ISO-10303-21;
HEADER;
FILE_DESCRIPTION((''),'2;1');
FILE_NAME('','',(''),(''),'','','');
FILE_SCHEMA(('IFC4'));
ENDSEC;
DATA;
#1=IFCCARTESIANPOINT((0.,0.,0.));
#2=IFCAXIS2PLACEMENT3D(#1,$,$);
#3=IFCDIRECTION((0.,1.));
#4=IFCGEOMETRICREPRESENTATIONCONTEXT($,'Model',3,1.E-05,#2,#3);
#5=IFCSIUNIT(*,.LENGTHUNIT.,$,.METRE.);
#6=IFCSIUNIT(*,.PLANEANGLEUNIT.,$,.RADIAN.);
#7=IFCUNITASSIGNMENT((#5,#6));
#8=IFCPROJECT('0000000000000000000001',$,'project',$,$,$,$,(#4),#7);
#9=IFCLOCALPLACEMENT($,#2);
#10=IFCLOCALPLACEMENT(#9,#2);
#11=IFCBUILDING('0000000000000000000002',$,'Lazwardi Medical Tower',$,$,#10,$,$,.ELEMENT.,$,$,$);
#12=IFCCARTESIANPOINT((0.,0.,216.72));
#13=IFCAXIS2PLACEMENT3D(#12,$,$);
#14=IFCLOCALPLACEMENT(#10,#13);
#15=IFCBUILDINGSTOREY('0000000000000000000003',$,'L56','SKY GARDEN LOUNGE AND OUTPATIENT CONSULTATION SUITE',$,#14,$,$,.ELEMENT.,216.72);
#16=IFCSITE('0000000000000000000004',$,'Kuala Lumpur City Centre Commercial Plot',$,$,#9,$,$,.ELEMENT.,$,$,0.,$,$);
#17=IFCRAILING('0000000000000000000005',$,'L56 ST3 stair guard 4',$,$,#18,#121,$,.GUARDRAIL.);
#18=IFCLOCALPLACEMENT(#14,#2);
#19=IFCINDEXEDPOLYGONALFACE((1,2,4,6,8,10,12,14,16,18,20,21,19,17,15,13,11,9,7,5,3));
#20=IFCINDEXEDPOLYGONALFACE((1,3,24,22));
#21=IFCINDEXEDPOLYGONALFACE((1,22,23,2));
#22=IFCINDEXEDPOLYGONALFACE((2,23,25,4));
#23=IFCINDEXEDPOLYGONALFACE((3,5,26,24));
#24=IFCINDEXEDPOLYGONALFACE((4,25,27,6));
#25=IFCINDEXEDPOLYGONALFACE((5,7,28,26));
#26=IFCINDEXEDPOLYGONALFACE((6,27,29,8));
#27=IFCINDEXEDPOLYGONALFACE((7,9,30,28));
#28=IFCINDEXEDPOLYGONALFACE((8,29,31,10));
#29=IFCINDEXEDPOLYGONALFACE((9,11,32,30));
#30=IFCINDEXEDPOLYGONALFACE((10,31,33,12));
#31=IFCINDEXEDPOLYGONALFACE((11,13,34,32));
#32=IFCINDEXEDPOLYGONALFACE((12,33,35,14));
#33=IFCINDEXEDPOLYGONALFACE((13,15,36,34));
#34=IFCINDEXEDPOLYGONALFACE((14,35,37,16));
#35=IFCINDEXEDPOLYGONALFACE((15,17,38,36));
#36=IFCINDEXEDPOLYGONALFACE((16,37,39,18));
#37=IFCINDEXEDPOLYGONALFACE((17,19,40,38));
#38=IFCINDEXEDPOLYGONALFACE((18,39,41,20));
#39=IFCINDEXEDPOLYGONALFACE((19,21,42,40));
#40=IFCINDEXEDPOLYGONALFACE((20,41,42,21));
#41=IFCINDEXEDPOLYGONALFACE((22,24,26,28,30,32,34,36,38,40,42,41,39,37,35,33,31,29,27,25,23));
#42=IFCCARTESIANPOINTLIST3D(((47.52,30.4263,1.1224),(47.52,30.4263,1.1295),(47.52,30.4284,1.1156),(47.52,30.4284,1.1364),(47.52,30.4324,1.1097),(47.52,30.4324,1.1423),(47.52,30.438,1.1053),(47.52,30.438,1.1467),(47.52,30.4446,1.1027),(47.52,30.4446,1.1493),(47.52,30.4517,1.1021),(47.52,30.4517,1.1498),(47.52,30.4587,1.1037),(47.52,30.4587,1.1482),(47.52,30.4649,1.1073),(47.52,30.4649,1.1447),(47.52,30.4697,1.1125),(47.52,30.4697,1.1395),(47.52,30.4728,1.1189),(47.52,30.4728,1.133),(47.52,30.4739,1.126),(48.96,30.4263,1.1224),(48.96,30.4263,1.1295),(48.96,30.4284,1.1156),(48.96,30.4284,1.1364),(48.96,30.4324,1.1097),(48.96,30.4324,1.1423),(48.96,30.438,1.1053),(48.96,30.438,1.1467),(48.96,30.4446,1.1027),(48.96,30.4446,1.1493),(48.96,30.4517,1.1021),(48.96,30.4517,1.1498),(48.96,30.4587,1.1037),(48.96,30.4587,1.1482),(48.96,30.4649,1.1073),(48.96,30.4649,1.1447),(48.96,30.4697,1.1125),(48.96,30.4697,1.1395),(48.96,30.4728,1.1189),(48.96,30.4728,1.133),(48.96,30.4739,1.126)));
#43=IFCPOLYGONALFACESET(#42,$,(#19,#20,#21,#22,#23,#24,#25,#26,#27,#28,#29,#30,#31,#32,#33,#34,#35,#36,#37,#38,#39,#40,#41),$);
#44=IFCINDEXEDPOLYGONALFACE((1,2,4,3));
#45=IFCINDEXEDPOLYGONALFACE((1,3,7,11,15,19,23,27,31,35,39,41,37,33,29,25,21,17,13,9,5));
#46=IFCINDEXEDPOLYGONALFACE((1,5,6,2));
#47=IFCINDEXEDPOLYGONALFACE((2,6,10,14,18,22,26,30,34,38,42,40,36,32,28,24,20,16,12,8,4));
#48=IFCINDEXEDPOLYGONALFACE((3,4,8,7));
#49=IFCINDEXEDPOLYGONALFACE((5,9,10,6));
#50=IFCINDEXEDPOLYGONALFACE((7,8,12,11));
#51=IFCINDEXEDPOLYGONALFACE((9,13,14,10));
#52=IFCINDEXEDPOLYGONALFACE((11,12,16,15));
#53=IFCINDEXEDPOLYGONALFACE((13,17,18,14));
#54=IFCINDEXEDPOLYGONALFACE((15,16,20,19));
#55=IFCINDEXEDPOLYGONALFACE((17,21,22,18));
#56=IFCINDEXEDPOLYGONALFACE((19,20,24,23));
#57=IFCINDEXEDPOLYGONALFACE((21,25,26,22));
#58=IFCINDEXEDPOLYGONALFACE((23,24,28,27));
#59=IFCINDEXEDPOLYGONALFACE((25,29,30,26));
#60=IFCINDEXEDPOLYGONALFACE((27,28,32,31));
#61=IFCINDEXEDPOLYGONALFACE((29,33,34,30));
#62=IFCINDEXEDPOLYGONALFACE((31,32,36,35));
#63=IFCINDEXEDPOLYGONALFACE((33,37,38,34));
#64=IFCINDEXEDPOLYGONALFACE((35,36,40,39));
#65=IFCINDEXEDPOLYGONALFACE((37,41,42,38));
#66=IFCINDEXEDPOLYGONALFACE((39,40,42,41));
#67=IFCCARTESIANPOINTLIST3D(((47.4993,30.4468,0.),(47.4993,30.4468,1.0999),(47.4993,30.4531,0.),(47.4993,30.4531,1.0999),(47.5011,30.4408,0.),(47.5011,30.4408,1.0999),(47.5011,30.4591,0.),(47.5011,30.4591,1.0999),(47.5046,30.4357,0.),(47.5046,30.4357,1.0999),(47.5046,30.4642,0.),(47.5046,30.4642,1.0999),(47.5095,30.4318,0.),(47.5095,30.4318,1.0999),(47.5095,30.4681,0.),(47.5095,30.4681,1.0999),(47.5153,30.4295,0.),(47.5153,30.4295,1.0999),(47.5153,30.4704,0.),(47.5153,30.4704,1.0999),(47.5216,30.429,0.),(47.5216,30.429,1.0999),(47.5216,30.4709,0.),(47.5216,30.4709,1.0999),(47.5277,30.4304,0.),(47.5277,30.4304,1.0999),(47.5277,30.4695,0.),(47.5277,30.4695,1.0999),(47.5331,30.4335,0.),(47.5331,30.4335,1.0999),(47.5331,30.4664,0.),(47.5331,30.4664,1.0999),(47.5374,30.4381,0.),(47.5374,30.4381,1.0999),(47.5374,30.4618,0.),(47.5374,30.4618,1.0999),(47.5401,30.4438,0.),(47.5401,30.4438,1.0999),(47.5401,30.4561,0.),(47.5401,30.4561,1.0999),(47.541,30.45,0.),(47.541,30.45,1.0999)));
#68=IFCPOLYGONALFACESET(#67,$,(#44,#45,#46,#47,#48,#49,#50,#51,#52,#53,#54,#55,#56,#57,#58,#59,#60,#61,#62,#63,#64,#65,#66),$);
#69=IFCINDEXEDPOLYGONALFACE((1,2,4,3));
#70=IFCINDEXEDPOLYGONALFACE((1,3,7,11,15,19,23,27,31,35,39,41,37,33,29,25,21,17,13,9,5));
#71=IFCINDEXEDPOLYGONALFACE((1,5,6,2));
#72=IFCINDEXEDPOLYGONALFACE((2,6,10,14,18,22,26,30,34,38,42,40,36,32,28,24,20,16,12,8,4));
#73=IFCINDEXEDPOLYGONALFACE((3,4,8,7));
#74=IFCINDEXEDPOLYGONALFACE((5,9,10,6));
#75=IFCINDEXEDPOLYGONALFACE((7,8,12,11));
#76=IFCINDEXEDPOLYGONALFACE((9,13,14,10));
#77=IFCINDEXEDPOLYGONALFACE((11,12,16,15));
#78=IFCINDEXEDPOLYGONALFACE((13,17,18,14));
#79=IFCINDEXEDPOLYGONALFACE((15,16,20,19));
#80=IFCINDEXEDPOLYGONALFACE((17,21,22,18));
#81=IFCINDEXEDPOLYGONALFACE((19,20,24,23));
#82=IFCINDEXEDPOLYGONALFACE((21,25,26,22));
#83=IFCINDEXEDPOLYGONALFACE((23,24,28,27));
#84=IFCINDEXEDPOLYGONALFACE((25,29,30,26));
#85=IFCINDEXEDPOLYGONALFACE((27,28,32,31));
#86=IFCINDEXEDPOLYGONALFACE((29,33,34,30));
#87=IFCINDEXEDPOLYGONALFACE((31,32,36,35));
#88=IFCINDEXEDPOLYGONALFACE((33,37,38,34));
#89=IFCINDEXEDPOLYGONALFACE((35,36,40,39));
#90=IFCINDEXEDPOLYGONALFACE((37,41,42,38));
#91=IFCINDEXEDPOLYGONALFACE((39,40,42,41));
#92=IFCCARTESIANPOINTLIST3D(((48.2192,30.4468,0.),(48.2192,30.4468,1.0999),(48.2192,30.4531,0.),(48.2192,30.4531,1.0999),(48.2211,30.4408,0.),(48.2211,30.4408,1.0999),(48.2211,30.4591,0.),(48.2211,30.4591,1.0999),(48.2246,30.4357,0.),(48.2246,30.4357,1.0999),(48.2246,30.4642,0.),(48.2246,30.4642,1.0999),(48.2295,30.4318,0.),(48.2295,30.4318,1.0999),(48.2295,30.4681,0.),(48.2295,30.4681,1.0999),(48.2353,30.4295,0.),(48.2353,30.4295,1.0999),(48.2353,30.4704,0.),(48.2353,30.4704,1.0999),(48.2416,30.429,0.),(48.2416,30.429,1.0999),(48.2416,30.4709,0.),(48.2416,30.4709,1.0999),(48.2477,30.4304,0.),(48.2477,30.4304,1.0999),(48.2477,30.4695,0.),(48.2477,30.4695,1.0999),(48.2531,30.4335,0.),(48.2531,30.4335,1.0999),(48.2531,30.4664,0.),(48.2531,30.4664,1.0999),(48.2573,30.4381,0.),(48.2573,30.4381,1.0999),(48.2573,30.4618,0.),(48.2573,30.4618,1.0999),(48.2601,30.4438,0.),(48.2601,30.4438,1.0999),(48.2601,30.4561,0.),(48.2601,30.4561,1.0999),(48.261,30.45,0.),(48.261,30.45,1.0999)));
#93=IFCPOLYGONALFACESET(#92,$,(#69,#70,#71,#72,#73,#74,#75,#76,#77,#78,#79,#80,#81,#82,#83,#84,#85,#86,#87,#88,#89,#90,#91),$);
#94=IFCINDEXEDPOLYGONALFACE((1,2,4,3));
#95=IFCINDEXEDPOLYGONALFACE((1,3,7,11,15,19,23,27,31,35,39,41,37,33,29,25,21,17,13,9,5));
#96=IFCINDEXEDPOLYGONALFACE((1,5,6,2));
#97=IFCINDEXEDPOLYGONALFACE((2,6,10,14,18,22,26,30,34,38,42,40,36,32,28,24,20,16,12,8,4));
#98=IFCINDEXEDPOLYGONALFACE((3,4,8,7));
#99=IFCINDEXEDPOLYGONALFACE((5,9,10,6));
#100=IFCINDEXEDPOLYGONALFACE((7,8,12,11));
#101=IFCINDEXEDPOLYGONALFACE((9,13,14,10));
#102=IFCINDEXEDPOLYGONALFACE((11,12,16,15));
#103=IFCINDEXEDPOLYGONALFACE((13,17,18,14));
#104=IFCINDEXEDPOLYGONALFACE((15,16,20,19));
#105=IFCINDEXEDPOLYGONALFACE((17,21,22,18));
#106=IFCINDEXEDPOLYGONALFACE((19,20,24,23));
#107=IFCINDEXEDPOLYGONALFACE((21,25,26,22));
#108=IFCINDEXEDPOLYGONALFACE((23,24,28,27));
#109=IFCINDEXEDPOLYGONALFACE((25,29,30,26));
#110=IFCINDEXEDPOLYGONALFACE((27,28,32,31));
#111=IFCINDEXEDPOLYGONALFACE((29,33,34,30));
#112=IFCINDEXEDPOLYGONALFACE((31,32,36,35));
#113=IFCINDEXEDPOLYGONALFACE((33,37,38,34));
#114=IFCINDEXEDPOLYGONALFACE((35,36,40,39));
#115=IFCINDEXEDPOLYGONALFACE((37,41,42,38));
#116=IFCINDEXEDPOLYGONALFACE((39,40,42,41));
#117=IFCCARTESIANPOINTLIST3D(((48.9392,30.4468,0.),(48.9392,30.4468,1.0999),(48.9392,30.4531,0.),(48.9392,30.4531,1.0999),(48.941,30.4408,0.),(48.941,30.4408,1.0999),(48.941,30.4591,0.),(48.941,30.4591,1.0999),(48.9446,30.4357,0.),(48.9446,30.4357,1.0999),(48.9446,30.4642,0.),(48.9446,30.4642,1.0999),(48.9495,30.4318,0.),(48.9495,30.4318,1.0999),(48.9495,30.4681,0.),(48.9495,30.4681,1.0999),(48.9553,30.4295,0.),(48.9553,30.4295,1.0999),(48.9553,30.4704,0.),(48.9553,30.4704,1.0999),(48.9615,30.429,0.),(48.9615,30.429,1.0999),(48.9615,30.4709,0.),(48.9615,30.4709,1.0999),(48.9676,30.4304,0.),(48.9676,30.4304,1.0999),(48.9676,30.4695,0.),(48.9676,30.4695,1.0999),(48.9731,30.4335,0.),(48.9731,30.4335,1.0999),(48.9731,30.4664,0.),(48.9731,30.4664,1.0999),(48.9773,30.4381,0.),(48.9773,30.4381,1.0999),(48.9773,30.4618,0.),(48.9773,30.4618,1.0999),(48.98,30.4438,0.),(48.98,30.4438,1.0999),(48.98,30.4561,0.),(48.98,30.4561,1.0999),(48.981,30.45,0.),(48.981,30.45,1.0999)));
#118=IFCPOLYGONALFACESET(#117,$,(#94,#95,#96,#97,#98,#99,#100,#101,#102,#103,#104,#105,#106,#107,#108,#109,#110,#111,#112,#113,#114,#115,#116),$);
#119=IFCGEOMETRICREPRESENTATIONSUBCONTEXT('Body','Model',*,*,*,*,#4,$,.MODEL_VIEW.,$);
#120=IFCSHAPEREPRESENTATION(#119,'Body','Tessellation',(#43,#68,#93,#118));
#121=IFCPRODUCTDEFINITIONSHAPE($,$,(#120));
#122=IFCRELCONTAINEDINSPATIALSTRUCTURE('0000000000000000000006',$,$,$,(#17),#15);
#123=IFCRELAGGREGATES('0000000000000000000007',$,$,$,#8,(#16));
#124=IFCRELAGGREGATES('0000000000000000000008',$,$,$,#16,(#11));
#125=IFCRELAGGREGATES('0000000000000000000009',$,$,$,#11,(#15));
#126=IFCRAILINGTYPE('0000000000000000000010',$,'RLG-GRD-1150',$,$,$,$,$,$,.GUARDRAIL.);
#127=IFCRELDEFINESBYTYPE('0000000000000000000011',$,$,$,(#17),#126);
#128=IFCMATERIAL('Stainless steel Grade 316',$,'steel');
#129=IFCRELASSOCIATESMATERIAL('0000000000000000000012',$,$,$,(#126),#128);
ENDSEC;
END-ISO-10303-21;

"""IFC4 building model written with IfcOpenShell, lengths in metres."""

from ifc_helpers import new_model, si_unit, direction, frame, origin, origin_2d, place, context, subcontext, project, spatial, circle, extrude, material, type_object, element, save


model = new_model("IFC4")

# Units and contexts
model_context = context("Model", 3, precision=1e-05, world=origin(), true_north=direction((0.0, 1.0)))
body_context = subcontext(model_context, "Body", "Model", "MODEL_VIEW")
ifc_project = project(units=[si_unit("LENGTHUNIT", "METRE"), si_unit("PLANEANGLEUNIT", "RADIAN")], contexts=[model_context])

# Site, building, storey
site_placement = place(None, origin())
site = spatial("IfcSite", under=ifc_project, at=site_placement, Name="Kuala Lumpur City Centre Commercial Plot", CompositionType="ELEMENT", RefElevation=0.0)
building_placement = place(site_placement, origin())
building = spatial("IfcBuilding", under=site, at=building_placement, Name="Lazwardi Medical Tower", CompositionType="ELEMENT")
storey_placement = place(building_placement, frame((0.0, 0.0, 216.72)))
storey = spatial("IfcBuildingStorey", under=building, at=storey_placement, Name="L56", Description="SKY GARDEN LOUNGE AND OUTPATIENT CONSULTATION SUITE", CompositionType="ELEMENT", Elevation=216.72)

# Railing
ifc_material_1 = material(Name="Stainless steel Grade 316", Category="steel")
railing_type = type_object("IfcRailingType", Name="RLG-GRD-1150", PredefinedType="GUARDRAIL", material=ifc_material_1)
railing_1_placement = place(storey_placement, frame((47.52, 30.45, 0.0)))
element("IfcRailing", 1, at=railing_1_placement, inside=storey, type_object=railing_type, Name="L56 ST3 stair guard 4", PredefinedType="GUARDRAIL", context=body_context, shape_type="SweptSolid", body=[
    extrude(circle(Radius=0.0239, at=origin_2d()), frame((0.0, 0.0, 1.126), z_axis=(1.0, 0.0, 0.0), x_axis=(0.0, 1.0, 0.0)), (0.0, 0.0, 1.0), 1.4399),
    extrude(circle(Radius=0.021, at=origin_2d()), origin(), (0.0, 0.0, 1.0), 1.0999),
    extrude(circle(Radius=0.021, at=origin_2d()), frame((0.72, 0.0, 0.0)), (0.0, 0.0, 1.0), 1.0999),
    extrude(circle(Radius=0.021, at=origin_2d()), frame((1.4399, 0.0, 0.0)), (0.0, 0.0, 1.0), 1.0999),
])

save(model, "model.ifc")
